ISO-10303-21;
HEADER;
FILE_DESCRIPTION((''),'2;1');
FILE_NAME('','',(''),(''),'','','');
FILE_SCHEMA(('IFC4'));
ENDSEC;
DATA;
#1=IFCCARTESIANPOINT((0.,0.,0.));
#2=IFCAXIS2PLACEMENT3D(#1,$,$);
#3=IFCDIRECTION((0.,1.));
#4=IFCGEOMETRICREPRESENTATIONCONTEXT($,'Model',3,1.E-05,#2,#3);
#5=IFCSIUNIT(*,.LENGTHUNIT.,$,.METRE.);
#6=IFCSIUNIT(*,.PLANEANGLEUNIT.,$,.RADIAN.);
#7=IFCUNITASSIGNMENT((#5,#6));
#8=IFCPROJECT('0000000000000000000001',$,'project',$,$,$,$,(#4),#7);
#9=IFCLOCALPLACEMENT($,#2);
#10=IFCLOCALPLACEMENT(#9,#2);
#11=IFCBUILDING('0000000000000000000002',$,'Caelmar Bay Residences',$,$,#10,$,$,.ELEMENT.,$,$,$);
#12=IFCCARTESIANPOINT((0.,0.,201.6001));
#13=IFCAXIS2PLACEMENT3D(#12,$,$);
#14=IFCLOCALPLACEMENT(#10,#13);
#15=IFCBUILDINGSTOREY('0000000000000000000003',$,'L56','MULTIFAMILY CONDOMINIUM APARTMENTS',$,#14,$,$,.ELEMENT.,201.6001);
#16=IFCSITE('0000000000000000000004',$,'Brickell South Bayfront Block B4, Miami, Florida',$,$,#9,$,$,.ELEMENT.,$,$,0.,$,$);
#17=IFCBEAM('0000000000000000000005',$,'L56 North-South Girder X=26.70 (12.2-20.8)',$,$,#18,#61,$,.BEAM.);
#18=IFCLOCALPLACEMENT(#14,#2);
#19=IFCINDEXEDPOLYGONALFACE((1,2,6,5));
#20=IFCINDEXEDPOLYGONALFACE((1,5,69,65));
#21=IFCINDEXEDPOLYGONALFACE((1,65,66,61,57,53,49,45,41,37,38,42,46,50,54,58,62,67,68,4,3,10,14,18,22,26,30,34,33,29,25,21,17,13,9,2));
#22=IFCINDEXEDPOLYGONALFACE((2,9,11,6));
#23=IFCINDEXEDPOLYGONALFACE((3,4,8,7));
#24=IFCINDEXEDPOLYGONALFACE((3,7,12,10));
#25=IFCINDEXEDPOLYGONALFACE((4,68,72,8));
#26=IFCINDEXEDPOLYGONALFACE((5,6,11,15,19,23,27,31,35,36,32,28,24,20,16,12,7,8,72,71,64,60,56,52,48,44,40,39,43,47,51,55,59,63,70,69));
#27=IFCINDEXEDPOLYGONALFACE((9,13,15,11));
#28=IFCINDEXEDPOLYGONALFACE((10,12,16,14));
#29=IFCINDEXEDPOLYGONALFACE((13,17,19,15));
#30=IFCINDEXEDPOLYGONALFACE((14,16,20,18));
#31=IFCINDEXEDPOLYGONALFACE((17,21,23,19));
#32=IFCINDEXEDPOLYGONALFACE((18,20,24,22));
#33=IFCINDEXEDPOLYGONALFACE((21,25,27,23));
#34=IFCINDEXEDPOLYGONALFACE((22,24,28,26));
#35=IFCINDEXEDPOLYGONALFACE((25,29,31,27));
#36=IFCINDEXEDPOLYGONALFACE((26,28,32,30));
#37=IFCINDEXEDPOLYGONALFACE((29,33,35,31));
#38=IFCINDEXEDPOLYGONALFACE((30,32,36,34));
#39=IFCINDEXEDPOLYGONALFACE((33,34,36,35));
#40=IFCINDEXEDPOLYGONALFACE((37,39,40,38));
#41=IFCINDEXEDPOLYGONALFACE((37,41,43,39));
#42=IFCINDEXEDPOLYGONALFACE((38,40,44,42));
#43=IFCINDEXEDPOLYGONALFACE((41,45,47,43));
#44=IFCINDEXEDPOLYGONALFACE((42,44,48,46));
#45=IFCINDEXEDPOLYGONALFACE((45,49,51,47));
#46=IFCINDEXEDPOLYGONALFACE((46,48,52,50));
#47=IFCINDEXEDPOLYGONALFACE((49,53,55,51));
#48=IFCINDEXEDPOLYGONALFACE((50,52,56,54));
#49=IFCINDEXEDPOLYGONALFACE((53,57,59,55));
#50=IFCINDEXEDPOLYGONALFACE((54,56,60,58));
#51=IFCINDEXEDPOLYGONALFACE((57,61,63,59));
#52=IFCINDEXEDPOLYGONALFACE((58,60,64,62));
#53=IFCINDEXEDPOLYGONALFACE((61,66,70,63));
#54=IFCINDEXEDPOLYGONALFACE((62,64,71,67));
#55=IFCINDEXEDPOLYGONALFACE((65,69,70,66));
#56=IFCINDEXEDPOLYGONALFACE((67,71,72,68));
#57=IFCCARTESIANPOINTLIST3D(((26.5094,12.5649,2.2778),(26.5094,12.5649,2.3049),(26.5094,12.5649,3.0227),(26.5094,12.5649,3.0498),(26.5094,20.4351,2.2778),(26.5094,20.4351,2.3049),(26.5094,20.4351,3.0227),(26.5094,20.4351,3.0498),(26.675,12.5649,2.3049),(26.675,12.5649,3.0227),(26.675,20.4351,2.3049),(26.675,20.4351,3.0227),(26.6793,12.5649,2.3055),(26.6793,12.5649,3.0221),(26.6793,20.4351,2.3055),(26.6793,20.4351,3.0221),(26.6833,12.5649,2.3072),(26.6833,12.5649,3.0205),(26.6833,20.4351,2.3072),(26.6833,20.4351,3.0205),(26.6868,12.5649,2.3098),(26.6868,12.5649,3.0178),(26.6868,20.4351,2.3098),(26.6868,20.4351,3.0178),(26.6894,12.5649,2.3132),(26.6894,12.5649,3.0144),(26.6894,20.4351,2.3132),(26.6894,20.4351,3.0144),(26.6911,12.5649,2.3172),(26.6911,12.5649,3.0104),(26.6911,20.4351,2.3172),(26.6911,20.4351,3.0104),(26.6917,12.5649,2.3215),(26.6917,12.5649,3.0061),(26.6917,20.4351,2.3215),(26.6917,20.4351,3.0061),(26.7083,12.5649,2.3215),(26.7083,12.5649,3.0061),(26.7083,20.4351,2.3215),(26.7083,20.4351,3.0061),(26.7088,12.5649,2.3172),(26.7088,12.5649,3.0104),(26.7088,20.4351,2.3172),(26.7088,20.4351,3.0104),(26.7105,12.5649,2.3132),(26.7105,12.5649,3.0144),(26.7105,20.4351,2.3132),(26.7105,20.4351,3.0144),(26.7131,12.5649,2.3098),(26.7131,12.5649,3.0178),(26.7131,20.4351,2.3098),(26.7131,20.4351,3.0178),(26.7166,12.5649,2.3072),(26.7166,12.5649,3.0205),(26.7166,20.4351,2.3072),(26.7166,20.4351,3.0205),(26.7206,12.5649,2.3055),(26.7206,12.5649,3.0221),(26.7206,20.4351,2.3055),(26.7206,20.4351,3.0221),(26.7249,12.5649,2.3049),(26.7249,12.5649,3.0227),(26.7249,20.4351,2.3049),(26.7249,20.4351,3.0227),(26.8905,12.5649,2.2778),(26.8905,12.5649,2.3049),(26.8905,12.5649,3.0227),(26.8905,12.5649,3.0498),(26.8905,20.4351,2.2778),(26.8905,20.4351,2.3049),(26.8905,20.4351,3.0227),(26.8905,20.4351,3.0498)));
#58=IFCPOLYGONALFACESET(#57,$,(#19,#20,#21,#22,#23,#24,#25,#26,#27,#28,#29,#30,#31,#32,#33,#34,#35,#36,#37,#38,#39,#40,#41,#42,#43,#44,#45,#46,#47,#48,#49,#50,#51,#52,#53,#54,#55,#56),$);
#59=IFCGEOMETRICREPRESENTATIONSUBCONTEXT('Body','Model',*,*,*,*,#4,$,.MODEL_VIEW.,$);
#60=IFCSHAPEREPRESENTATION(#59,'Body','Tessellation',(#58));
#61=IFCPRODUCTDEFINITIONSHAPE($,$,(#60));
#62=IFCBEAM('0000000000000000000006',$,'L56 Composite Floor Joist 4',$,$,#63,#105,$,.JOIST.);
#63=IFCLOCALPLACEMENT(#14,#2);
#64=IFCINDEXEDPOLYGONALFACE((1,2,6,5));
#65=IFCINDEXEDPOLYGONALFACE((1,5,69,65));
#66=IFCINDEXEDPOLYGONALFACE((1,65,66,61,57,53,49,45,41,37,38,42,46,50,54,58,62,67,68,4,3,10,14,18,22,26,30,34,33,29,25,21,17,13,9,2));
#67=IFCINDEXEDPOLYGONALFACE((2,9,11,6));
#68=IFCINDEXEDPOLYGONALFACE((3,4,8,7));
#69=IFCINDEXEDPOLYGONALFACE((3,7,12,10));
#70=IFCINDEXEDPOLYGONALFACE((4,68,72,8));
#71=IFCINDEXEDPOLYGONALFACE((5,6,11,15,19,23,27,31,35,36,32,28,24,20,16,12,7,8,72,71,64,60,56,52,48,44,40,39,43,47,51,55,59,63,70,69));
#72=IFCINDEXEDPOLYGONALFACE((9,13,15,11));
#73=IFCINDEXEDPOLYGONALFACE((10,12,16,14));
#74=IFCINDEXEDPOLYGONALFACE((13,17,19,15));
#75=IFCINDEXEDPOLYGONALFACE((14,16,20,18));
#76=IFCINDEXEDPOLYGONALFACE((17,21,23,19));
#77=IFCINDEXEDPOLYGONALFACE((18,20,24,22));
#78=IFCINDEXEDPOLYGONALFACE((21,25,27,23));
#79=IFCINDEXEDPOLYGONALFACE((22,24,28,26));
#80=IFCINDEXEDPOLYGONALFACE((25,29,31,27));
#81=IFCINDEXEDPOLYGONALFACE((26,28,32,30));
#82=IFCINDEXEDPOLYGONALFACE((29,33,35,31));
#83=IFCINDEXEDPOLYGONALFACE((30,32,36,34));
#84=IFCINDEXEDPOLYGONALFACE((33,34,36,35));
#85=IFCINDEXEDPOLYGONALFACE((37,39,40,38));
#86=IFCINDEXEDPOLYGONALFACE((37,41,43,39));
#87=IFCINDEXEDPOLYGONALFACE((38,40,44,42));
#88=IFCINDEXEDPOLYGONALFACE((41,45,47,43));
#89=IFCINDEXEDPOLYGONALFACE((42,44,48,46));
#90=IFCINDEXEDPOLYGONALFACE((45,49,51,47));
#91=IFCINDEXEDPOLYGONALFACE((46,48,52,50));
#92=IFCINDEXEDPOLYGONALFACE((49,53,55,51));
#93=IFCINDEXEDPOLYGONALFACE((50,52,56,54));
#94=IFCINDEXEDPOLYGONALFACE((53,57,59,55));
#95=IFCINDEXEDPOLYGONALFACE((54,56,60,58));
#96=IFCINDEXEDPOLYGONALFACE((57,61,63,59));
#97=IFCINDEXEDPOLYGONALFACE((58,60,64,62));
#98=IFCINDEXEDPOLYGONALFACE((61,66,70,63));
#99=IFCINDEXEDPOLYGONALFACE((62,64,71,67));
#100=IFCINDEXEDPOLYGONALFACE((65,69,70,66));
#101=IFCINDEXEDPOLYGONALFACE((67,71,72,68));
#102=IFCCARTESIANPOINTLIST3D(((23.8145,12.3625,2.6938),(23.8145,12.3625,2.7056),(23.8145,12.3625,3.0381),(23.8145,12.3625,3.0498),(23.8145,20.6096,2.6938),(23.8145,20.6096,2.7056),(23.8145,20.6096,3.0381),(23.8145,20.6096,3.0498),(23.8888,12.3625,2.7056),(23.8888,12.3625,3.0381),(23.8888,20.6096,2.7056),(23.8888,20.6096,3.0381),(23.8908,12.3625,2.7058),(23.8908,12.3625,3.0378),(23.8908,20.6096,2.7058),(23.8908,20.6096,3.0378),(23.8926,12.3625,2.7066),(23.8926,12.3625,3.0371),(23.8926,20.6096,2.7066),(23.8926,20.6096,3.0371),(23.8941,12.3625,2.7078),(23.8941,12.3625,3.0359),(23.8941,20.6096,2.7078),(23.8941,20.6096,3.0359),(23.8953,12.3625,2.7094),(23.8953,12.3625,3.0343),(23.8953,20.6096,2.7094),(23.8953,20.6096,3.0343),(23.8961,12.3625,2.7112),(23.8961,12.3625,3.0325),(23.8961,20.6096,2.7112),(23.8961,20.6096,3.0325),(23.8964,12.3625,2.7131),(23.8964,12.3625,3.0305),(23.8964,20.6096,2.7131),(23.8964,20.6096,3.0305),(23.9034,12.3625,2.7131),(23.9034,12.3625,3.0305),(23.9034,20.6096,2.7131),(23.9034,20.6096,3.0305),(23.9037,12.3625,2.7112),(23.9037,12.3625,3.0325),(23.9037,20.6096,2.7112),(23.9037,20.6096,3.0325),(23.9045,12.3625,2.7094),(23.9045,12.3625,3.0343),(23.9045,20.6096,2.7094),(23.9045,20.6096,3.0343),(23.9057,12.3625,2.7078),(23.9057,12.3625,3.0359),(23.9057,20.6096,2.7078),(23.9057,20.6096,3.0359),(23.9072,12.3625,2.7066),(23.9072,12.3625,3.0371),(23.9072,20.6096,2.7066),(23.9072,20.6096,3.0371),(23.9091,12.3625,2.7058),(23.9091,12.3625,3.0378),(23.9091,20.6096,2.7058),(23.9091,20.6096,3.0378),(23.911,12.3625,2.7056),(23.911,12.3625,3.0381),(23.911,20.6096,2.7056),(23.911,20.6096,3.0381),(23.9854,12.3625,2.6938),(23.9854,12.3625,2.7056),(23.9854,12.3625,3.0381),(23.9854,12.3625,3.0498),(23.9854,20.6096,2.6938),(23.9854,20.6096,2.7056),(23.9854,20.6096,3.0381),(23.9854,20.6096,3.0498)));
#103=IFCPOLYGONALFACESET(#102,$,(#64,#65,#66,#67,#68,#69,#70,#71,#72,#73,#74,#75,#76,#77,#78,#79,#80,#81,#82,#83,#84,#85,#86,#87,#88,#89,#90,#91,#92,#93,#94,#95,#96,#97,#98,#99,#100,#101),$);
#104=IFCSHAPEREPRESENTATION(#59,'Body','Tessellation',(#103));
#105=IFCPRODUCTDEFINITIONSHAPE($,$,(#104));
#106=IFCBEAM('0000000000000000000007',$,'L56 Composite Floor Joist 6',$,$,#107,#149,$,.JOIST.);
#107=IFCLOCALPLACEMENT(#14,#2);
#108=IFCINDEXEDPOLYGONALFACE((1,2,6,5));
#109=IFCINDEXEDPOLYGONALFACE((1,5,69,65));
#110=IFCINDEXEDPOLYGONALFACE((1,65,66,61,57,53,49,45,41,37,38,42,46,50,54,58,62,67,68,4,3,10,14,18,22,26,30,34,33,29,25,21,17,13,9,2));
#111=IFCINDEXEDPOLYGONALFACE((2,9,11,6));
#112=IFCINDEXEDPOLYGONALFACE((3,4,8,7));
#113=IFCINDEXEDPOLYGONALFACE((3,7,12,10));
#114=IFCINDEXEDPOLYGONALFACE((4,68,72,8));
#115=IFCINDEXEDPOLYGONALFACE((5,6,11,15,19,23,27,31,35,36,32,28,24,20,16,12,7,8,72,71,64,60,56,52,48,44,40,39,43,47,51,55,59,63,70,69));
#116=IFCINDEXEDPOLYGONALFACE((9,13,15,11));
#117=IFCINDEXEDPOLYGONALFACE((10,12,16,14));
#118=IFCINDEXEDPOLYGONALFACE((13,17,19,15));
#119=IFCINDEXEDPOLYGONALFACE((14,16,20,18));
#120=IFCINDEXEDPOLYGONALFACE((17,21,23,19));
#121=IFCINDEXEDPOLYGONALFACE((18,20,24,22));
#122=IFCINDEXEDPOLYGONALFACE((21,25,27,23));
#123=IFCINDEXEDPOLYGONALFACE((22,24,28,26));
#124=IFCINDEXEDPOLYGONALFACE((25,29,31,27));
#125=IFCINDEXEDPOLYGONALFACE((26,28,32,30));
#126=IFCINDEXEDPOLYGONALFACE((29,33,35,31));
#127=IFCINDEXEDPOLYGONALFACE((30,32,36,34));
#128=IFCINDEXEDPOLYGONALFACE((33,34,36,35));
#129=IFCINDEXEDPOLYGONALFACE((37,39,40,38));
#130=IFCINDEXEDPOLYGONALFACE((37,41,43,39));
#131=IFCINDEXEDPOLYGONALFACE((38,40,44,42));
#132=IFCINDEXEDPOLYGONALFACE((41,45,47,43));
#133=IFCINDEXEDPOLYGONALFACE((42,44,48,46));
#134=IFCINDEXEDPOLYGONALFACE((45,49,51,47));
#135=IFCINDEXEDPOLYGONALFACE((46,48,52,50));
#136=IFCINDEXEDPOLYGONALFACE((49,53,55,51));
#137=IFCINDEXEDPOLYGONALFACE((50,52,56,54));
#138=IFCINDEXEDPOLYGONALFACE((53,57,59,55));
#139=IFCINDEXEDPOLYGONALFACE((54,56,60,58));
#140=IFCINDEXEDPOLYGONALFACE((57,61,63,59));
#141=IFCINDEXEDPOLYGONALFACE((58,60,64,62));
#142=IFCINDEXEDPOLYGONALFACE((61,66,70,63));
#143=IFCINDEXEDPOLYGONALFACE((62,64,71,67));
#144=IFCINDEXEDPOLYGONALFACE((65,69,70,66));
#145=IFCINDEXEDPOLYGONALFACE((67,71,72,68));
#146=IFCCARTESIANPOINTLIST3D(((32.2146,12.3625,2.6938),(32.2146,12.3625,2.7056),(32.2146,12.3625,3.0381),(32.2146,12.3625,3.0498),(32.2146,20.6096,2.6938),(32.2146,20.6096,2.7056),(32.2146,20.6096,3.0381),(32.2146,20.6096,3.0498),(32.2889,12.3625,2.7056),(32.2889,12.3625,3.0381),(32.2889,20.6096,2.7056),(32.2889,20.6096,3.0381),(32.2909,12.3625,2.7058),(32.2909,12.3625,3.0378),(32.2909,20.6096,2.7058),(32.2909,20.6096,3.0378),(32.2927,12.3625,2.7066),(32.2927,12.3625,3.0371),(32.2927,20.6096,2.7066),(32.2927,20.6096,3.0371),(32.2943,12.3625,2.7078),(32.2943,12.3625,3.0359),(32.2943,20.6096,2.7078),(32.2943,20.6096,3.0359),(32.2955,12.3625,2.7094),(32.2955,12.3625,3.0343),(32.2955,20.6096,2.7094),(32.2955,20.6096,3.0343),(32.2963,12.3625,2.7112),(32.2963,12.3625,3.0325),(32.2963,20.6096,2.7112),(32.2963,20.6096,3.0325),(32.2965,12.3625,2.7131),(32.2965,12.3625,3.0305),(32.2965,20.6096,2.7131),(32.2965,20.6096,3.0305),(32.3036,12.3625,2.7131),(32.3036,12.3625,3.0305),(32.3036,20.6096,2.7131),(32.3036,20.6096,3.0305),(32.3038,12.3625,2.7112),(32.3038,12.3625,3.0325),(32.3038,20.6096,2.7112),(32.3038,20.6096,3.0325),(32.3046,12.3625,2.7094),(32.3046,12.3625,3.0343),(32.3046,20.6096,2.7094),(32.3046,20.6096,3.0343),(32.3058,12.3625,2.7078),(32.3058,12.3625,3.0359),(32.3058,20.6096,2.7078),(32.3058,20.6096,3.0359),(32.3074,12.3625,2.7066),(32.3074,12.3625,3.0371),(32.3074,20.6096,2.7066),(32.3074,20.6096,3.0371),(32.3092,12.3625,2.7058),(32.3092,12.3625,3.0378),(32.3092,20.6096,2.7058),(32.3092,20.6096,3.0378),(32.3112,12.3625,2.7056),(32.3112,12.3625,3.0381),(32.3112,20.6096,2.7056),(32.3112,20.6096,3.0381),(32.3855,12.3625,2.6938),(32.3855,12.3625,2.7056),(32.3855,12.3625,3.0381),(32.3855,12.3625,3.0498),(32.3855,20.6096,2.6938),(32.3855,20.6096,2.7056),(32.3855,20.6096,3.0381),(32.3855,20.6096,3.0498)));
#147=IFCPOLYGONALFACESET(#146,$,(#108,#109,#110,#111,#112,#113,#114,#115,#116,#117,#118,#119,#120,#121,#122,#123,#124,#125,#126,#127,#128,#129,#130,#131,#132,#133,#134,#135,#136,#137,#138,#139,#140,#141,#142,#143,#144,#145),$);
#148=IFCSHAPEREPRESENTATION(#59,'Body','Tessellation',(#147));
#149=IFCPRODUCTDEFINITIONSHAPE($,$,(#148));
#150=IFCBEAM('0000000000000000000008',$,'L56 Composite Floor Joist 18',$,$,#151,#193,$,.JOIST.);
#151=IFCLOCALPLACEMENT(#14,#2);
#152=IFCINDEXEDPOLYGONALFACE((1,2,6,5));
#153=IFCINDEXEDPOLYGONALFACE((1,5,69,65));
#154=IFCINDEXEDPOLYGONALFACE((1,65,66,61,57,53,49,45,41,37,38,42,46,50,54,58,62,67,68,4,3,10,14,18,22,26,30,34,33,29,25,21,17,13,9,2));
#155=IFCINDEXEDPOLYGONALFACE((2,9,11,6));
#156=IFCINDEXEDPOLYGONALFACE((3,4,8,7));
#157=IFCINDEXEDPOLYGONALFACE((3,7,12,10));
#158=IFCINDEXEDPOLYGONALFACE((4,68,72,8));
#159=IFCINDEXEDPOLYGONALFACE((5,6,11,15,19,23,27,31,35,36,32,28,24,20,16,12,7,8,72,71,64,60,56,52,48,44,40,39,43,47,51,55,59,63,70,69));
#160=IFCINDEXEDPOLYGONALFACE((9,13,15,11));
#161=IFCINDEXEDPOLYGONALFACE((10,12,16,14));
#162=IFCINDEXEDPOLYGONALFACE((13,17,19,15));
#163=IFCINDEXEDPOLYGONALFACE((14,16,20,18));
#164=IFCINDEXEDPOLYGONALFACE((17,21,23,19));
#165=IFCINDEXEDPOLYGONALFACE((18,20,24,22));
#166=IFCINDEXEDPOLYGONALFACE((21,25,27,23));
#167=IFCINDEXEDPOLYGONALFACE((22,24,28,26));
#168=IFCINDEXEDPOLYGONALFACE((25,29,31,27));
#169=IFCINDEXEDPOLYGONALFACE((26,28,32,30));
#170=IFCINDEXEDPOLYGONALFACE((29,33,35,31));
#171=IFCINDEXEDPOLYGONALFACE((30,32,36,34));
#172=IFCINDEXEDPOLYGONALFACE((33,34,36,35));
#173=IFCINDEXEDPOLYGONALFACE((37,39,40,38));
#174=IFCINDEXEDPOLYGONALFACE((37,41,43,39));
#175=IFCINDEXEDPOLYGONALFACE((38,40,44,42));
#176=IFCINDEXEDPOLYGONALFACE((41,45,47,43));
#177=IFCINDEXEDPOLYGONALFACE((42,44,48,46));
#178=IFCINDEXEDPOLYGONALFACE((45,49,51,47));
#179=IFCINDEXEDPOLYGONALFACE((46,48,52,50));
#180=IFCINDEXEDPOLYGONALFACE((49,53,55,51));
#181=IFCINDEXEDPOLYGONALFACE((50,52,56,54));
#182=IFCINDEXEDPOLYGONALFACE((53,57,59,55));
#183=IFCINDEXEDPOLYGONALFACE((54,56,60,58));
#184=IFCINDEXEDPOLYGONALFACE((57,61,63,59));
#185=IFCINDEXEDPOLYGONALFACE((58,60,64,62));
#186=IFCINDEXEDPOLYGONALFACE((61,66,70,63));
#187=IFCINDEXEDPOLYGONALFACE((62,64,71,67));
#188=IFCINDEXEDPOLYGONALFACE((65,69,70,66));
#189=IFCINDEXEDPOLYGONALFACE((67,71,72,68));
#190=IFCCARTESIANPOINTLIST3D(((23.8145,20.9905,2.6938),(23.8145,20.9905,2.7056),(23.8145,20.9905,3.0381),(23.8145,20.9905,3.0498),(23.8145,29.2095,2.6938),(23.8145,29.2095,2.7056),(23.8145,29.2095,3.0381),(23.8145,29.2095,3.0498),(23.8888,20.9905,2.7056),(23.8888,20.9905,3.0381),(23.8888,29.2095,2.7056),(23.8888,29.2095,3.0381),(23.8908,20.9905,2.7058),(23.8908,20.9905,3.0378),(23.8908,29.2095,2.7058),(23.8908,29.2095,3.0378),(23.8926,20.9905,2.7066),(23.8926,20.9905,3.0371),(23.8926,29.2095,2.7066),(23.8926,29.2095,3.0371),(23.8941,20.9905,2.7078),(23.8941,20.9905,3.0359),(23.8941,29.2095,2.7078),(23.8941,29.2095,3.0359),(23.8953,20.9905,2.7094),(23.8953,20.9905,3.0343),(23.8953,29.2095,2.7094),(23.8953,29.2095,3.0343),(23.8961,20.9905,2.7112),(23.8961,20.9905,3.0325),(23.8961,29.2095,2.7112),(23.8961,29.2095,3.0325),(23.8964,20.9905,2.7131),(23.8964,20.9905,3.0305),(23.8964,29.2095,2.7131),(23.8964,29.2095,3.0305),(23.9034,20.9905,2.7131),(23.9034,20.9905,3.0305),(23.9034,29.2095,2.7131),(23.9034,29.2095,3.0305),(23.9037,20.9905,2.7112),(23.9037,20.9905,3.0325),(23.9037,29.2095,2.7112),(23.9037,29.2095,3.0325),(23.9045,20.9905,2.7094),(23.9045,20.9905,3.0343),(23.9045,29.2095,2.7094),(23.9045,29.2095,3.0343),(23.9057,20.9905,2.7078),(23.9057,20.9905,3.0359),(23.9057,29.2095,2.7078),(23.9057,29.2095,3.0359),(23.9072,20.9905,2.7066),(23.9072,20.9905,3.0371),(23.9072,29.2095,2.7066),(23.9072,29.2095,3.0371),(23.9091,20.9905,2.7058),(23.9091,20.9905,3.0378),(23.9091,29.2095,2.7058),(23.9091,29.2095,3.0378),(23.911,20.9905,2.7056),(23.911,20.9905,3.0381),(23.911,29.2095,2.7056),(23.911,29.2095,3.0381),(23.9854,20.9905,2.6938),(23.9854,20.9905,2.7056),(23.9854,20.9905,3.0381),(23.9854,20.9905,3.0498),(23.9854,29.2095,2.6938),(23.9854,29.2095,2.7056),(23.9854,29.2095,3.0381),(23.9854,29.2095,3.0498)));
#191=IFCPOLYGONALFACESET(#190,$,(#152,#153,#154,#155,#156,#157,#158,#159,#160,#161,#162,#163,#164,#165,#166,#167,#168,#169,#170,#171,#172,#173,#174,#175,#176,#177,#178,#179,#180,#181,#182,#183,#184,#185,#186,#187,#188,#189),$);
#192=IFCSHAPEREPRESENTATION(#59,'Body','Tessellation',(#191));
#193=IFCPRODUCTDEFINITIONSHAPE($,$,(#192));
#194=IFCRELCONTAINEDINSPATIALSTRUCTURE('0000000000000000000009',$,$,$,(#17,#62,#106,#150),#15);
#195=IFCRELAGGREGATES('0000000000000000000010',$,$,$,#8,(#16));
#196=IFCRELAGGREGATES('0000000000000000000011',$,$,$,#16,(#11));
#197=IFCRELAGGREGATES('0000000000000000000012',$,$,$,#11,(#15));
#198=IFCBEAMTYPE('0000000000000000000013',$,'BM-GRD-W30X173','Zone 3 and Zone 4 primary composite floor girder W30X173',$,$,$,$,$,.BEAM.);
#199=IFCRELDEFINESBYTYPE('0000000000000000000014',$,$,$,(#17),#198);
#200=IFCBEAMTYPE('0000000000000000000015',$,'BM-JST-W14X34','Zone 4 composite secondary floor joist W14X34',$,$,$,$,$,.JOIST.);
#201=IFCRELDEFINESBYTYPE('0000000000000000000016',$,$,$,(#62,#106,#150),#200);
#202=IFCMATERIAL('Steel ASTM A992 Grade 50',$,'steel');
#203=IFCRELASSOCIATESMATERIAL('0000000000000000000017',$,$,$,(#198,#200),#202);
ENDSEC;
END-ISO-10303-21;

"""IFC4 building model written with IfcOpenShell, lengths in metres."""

from ifc_helpers import new_model, si_unit, direction, frame, origin, origin_2d, place, context, subcontext, project, spatial, i_section, extrude, material, material_profile, profile_set, type_object, element, save


model = new_model("IFC4")

# Units and contexts
model_context = context("Model", 3, precision=1e-05, world=origin(), true_north=direction((0.0, 1.0)))
body_context = subcontext(model_context, "Body", "Model", "MODEL_VIEW")
ifc_project = project(units=[si_unit("LENGTHUNIT", "METRE"), si_unit("PLANEANGLEUNIT", "RADIAN")], contexts=[model_context])

# Site, building, storey
site_placement = place(None, origin())
site = spatial("IfcSite", under=ifc_project, at=site_placement, Name="Brickell South Bayfront Block B4, Miami, Florida", CompositionType="ELEMENT", RefElevation=0.0)
building_placement = place(site_placement, origin())
building = spatial("IfcBuilding", under=site, at=building_placement, Name="Caelmar Bay Residences", CompositionType="ELEMENT")
storey_placement = place(building_placement, frame((0.0, 0.0, 201.6001)))
storey = spatial("IfcBuildingStorey", under=building, at=storey_placement, Name="L56", Description="MULTIFAMILY CONDOMINIUM APARTMENTS", CompositionType="ELEMENT", Elevation=201.6001)

# Beams
ifc_material_1 = material(Name="Steel ASTM A992 Grade 50", Category="steel")
ifc_material_profile_1 = material_profile(ifc_material_1, i_section(OverallWidth=0.3811, OverallDepth=0.772, WebThickness=0.0166, FlangeThickness=0.0271, FilletRadius=0.0166, at=origin_2d()), Name="W30X173")
ifc_profile_set_1 = profile_set([ifc_material_profile_1], Name="Steel ASTM A992 Grade 50")
beam_type_1 = type_object("IfcBeamType", Name="BM-GRD-W30X173", Description="Zone 3 and Zone 4 primary composite floor girder W30X173", PredefinedType="BEAM", material=ifc_profile_set_1)
beam_1_placement = place(storey_placement, frame((26.7, 12.5649, 2.6638), z_axis=(0.0, 1.0, 0.0), x_axis=(-1.0, 0.0, 0.0)))
element("IfcBeam", 1, at=beam_1_placement, inside=storey, type_object=beam_type_1, Name="L56 North-South Girder X=26.70 (12.2-20.8)", PredefinedType="BEAM", context=body_context, shape_type="SweptSolid", body=[
    extrude(i_section(OverallWidth=0.3811, OverallDepth=0.772, WebThickness=0.0166, FlangeThickness=0.0271, FilletRadius=0.0166, at=origin_2d()), origin(), (0.0, 0.0, 1.0), 7.8701),
])
ifc_material_profile_2 = material_profile(ifc_material_1, i_section(OverallWidth=0.1709, OverallDepth=0.356, WebThickness=0.0071, FlangeThickness=0.0117, FilletRadius=0.0076, at=origin_2d()), Name="W14X34")
ifc_profile_set_2 = profile_set([ifc_material_profile_2], Name="Steel ASTM A992 Grade 50")
beam_type_2 = type_object("IfcBeamType", Name="BM-JST-W14X34", Description="Zone 4 composite secondary floor joist W14X34", PredefinedType="JOIST", material=ifc_profile_set_2)
for number, where, z_axis, x_axis, name in (
    (2, (23.8999, 12.3625, 2.8718), (0.0, 1.0, 0.0), (-1.0, 0.0, 0.0), "L56 Composite Floor Joist 4"),
    (3, (32.3, 12.3625, 2.8718), (0.0, 1.0, 0.0), (-1.0, 0.0, 0.0), "L56 Composite Floor Joist 6"),
):
    element("IfcBeam", number, at=place(storey_placement, frame(where, z_axis=z_axis, x_axis=x_axis)), inside=storey, type_object=beam_type_2, Name=name, PredefinedType="JOIST", context=body_context, shape_type="SweptSolid", body=[
        extrude(i_section(OverallWidth=0.1709, OverallDepth=0.356, WebThickness=0.0071, FlangeThickness=0.0117, FilletRadius=0.0076, at=origin_2d()), origin(), (0.0, 0.0, 1.0), 8.2471),
    ])
for number, where, z_axis, x_axis, name in (
    (4, (23.8999, 20.9905, 2.8718), (0.0, 1.0, 0.0), (-1.0, 0.0, 0.0), "L56 Composite Floor Joist 18"),
):
    element("IfcBeam", number, at=place(storey_placement, frame(where, z_axis=z_axis, x_axis=x_axis)), inside=storey, type_object=beam_type_2, Name=name, PredefinedType="JOIST", context=body_context, shape_type="SweptSolid", body=[
        extrude(i_section(OverallWidth=0.1709, OverallDepth=0.356, WebThickness=0.0071, FlangeThickness=0.0117, FilletRadius=0.0076, at=origin_2d()), origin(), (0.0, 0.0, 1.0), 8.219),
    ])

save(model, "model.ifc")
